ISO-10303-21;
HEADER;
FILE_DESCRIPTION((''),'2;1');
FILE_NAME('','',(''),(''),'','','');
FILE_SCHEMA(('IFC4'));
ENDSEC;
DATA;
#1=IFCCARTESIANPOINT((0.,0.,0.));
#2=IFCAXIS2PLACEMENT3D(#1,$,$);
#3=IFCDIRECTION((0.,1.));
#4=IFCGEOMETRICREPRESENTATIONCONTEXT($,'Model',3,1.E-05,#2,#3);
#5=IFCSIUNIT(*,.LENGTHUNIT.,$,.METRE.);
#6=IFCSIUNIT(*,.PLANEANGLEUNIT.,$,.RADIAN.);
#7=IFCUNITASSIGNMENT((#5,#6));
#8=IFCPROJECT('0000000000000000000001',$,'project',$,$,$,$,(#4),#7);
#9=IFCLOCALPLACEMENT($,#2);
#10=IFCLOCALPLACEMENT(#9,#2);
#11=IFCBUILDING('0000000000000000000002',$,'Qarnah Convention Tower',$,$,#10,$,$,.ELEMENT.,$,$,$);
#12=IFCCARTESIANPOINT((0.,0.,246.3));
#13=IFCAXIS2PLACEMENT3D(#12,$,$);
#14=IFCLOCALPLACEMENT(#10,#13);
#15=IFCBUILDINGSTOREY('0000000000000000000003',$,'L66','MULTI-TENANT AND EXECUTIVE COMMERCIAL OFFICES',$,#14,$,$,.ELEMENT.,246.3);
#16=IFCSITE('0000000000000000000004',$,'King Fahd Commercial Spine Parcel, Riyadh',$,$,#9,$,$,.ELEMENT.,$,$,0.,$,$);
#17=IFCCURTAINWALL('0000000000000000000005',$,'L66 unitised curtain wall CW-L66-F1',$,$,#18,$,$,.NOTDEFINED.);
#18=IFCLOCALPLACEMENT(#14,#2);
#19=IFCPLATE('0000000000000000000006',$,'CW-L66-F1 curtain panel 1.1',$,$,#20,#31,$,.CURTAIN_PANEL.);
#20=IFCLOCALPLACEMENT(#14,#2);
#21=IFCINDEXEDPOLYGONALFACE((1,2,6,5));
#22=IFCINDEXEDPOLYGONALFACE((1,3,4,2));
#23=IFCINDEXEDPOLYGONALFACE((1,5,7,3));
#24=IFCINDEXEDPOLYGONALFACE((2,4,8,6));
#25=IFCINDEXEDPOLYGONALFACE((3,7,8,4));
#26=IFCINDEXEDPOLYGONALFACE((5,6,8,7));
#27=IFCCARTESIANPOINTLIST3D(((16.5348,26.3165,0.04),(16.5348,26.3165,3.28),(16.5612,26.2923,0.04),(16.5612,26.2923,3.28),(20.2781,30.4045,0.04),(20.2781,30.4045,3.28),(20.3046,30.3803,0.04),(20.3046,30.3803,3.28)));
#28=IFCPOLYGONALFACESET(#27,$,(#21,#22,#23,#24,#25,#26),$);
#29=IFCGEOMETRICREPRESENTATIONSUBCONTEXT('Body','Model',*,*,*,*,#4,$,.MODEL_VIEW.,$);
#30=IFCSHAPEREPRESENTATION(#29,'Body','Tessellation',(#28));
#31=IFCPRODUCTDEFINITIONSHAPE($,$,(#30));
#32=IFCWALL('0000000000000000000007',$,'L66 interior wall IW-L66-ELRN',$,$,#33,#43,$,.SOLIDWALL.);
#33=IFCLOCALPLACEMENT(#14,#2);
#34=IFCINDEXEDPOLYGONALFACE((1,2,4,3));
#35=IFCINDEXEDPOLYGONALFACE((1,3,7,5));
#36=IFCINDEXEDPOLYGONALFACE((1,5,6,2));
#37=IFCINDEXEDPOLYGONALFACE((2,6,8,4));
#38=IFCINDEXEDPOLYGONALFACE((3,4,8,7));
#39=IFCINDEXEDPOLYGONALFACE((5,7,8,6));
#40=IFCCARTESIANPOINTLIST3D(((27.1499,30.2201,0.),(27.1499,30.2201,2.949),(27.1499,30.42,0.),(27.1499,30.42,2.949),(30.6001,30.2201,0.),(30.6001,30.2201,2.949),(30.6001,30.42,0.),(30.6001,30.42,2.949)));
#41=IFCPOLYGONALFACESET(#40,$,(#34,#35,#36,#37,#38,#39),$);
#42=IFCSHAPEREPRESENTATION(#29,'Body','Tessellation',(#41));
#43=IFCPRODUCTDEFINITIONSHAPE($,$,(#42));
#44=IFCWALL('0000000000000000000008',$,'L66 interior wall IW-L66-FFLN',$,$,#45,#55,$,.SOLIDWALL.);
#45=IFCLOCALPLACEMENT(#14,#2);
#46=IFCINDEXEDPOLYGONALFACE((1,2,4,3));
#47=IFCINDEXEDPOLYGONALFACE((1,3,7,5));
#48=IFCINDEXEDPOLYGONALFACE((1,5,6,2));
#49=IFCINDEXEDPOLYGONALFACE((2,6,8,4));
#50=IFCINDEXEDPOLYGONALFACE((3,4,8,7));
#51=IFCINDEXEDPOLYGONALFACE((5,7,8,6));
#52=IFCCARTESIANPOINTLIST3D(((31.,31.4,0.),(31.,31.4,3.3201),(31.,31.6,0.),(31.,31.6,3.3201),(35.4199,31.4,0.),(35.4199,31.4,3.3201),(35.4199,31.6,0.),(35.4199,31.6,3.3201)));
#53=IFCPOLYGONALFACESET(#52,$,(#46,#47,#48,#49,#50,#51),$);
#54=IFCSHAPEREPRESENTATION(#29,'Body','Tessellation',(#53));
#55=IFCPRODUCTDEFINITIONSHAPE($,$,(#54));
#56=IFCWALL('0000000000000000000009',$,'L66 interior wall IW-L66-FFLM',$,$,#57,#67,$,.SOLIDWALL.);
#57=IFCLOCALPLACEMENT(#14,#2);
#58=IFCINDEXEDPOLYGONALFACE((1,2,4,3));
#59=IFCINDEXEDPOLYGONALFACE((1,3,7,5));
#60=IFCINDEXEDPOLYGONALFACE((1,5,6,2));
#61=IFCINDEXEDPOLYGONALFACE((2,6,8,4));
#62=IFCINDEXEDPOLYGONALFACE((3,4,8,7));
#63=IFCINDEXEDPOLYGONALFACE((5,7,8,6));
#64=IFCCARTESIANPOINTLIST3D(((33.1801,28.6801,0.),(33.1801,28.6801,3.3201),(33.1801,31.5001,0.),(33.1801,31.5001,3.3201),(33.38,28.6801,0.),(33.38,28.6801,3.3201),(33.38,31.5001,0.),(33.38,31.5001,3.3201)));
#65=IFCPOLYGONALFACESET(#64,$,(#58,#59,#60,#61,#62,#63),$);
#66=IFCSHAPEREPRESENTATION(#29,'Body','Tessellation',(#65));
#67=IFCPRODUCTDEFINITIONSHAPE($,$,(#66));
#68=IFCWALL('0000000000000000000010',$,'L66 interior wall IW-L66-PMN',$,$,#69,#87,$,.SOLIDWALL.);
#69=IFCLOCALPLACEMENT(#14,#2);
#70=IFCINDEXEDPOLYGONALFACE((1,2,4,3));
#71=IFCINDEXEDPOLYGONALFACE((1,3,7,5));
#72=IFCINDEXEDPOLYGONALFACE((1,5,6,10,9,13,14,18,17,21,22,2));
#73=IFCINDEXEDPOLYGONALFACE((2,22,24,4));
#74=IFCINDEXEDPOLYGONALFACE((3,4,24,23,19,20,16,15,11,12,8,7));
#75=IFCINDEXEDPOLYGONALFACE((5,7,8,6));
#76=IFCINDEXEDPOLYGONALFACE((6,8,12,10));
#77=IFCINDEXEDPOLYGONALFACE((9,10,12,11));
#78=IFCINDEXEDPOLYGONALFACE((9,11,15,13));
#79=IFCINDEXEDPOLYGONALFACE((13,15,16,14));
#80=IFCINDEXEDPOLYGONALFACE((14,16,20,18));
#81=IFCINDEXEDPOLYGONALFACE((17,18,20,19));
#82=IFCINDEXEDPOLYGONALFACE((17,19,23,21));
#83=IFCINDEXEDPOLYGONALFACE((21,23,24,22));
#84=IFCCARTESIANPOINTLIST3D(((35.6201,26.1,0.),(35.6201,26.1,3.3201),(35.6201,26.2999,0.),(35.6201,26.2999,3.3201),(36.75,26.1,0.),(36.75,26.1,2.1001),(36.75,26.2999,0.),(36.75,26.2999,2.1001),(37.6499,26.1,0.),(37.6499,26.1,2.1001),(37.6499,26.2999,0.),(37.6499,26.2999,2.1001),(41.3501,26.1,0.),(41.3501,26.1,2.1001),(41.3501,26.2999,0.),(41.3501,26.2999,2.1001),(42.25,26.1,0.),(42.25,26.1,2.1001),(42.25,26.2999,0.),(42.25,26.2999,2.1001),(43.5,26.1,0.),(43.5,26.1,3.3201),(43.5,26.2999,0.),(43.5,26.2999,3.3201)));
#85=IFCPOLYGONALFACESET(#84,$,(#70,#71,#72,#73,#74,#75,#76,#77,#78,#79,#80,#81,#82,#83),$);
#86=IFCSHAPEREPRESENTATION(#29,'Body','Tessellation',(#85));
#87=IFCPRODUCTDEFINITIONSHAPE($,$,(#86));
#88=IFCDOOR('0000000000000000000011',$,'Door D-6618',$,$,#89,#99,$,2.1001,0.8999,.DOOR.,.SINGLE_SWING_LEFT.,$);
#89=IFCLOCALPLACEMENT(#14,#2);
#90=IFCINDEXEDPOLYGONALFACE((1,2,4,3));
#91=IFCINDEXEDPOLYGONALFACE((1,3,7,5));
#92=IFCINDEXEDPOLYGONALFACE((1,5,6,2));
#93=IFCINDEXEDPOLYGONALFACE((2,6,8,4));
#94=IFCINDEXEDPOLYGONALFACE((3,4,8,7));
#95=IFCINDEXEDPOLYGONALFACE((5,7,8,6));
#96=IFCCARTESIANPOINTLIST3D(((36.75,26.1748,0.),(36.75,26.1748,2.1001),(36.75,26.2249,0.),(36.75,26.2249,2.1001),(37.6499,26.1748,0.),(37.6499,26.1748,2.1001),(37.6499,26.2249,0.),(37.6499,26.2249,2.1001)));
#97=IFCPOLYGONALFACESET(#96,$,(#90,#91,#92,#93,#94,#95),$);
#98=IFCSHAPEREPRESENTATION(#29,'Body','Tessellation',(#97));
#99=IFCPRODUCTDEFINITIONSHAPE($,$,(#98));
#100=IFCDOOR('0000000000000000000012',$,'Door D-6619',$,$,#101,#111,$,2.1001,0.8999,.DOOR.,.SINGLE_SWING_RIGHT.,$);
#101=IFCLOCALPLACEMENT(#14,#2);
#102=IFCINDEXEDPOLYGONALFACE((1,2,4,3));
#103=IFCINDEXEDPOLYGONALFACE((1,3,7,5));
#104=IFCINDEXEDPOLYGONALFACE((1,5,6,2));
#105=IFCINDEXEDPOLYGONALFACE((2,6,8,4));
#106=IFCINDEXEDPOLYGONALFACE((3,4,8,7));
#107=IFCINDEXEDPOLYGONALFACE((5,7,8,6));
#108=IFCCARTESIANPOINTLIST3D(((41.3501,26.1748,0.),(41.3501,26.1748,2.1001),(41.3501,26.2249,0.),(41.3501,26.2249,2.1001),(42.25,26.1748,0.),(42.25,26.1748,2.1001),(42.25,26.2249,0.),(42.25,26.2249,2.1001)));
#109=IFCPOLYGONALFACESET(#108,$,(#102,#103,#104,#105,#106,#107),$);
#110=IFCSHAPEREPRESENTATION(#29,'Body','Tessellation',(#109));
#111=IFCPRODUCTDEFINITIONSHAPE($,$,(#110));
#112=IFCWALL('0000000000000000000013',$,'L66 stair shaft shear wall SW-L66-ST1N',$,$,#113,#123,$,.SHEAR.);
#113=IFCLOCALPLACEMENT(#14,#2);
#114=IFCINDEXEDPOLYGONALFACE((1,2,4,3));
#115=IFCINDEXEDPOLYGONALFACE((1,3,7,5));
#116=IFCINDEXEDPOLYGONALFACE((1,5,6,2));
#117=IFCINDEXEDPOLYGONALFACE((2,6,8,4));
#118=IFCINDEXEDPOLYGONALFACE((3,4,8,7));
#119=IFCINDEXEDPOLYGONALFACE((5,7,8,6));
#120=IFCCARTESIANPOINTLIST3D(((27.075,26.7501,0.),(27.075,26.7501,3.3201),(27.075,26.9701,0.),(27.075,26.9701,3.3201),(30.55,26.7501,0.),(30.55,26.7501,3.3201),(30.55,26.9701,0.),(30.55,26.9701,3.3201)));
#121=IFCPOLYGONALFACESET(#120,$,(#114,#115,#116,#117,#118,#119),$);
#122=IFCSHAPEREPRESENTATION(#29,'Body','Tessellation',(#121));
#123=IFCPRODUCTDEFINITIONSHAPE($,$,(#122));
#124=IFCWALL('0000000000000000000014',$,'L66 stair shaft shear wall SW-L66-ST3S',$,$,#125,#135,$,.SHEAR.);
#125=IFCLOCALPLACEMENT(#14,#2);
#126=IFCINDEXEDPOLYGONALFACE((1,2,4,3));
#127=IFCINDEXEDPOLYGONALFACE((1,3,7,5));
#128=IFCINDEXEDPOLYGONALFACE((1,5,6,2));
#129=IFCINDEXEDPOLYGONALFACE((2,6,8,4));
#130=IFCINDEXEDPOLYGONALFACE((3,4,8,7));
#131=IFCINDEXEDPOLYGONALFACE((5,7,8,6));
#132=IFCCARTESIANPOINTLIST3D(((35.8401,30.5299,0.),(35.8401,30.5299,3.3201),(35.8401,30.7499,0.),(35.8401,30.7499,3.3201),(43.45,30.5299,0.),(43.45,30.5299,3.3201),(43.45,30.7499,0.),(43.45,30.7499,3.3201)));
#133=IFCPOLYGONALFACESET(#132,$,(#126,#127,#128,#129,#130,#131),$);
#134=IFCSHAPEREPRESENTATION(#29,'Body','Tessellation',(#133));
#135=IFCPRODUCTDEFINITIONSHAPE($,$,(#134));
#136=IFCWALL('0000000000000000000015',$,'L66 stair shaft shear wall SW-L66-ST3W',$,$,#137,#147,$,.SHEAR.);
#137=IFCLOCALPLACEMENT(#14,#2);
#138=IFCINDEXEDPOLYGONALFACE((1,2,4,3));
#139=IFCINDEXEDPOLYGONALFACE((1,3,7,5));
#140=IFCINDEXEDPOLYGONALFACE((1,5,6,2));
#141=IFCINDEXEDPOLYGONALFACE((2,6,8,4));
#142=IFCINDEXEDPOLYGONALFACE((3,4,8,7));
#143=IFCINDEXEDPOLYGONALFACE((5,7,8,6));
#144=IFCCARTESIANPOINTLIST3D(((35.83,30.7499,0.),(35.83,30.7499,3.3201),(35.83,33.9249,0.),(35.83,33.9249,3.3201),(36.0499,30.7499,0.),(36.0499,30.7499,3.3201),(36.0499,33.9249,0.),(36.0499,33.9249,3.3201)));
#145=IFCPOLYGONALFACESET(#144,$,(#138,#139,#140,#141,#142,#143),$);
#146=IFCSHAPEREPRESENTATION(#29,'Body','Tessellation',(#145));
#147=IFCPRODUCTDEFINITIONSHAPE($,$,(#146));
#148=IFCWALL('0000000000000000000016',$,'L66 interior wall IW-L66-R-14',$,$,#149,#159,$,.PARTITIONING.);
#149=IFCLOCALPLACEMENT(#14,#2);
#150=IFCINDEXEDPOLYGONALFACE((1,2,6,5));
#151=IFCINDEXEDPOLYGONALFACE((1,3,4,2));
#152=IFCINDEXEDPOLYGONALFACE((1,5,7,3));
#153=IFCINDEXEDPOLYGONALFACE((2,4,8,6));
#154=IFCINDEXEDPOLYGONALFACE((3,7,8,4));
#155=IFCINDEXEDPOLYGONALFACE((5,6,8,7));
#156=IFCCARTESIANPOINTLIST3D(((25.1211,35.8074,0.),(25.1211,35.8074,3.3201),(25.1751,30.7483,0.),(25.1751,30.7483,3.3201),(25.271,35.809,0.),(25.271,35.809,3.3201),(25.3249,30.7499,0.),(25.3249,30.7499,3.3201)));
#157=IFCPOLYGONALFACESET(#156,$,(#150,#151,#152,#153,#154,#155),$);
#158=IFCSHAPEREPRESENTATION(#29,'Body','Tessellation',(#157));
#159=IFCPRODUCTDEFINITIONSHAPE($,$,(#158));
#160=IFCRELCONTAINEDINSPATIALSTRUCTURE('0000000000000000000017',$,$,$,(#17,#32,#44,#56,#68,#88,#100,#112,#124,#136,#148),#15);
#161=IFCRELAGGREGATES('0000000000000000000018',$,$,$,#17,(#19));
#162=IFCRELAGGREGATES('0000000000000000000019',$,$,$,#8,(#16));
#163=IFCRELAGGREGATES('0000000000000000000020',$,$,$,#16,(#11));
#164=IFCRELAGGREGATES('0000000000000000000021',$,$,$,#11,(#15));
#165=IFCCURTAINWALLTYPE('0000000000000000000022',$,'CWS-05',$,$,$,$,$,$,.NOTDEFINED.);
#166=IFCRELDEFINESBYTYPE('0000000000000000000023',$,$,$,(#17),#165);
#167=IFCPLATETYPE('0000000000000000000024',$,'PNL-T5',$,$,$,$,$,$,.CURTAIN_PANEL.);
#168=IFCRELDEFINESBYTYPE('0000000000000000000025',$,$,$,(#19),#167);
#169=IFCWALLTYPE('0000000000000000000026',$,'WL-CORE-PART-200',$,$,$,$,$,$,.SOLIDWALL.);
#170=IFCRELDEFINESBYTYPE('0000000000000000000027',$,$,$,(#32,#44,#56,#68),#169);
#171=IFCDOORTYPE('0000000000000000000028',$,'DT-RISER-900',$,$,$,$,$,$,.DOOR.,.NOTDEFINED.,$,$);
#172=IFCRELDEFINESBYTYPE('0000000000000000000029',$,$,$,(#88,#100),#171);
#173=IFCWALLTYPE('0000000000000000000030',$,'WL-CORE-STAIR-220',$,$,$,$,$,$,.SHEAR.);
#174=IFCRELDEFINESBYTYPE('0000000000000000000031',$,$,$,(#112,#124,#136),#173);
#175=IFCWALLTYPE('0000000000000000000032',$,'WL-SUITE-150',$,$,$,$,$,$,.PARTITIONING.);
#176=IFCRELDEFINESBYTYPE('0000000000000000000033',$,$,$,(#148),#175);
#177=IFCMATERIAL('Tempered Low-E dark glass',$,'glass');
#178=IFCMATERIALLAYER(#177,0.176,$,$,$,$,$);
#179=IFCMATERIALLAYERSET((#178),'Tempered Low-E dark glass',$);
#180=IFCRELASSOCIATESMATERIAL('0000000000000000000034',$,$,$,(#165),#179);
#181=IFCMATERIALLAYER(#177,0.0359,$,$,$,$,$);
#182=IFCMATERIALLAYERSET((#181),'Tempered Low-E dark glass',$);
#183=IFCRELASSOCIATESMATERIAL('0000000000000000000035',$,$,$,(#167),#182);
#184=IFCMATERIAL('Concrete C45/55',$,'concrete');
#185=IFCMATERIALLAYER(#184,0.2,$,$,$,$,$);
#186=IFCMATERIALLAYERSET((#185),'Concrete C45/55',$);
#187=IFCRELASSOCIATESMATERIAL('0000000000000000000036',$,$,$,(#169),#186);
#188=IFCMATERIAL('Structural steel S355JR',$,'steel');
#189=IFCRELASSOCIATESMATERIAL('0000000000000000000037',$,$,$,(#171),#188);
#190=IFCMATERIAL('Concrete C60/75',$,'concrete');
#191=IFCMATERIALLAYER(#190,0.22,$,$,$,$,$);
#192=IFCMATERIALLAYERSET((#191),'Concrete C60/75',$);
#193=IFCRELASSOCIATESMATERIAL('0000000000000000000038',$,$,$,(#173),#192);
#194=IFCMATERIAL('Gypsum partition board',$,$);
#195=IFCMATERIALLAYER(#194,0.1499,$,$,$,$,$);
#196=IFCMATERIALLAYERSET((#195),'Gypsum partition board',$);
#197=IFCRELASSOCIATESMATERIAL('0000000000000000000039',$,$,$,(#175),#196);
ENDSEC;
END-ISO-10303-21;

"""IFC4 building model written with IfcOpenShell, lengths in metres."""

from ifc_helpers import new_model, si_unit, direction, frame, frame_2d, origin, origin_2d, place, context, subcontext, project, spatial, rectangle, extrude, material, layer, layer_set, type_object, element, fill, aggregate, save


model = new_model("IFC4")

# Units and contexts
model_context = context("Model", 3, precision=1e-05, world=origin(), true_north=direction((0.0, 1.0)))
body_context = subcontext(model_context, "Body", "Model", "MODEL_VIEW")
ifc_project = project(units=[si_unit("LENGTHUNIT", "METRE"), si_unit("PLANEANGLEUNIT", "RADIAN")], contexts=[model_context])

# Site, building, storey
site_placement = place(None, origin())
site = spatial("IfcSite", under=ifc_project, at=site_placement, Name="King Fahd Commercial Spine Parcel, Riyadh", CompositionType="ELEMENT", RefElevation=0.0)
building_placement = place(site_placement, origin())
building = spatial("IfcBuilding", under=site, at=building_placement, Name="Qarnah Convention Tower", CompositionType="ELEMENT")
storey_placement = place(building_placement, frame((0.0, 0.0, 246.3)))
storey = spatial("IfcBuildingStorey", under=building, at=storey_placement, Name="L66", Description="MULTI-TENANT AND EXECUTIVE COMMERCIAL OFFICES", CompositionType="ELEMENT", Elevation=246.3)

# Shared definitions
ifc_material_1 = material(Name="Structural steel S355JR", Category="steel")

# Curtain wall, plate
ifc_material_2 = material(Name="Tempered Low-E dark glass", Category="glass")
ifc_layer_1 = layer(ifc_material_2, 0.176)
ifc_layer_set_1 = layer_set([ifc_layer_1], Name="Tempered Low-E dark glass")
curtain_wall_type = type_object("IfcCurtainWallType", Name="CWS-05", PredefinedType="NOTDEFINED", material=ifc_layer_set_1)
curtain_wall_placement = place(storey_placement, origin())
curtain_wall = element("IfcCurtainWall", 1, at=curtain_wall_placement, inside=storey, type_object=curtain_wall_type, Name="L66 unitised curtain wall CW-L66-F1", PredefinedType="NOTDEFINED")
ifc_layer_2 = layer(ifc_material_2, 0.0359)
ifc_layer_set_2 = layer_set([ifc_layer_2], Name="Tempered Low-E dark glass")
plate_type = type_object("IfcPlateType", Name="PNL-T5", PredefinedType="CURTAIN_PANEL", material=ifc_layer_set_2)
plate_placement = place(storey_placement, frame((18.4197, 28.3484, 0.04), z_axis=(0.0, 0.0, 1.0), x_axis=(0.675336, 0.73751, 0.0)))
plate = element("IfcPlate", 2, at=plate_placement, type_object=plate_type, Name="CW-L66-F1 curtain panel 1.1", PredefinedType="CURTAIN_PANEL", context=body_context, shape_type="SweptSolid", body=[
    extrude(rectangle(XDim=5.543, YDim=0.0359, at=origin_2d()), origin(), (0.0, 0.0, 1.0), 3.24),
])
aggregate(curtain_wall, [plate])

# Wall
ifc_material_3 = material(Name="Concrete C45/55", Category="concrete")
ifc_layer_3 = layer(ifc_material_3, 0.2)
ifc_layer_set_3 = layer_set([ifc_layer_3], Name="Concrete C45/55")
wall_type_1 = type_object("IfcWallType", Name="WL-CORE-PART-200", PredefinedType="SOLIDWALL", material=ifc_layer_set_3)
wall_1_placement = place(storey_placement, frame((27.1499, 30.3201, 0.0), z_axis=(0.0, 0.0, 1.0), x_axis=(1.0, 0.0, 0.0)))
element("IfcWall", 3, at=wall_1_placement, inside=storey, type_object=wall_type_1, Name="L66 interior wall IW-L66-ELRN", PredefinedType="SOLIDWALL", context=body_context, shape_type="SweptSolid", body=[
    extrude(rectangle(XDim=3.4502, YDim=0.2, at=frame_2d((1.7251, 0.0))), origin(), (0.0, 0.0, 1.0), 2.949),
])

# Walls
wall_2_placement = place(storey_placement, frame((31.0, 31.5, 0.0), z_axis=(0.0, 0.0, 1.0), x_axis=(1.0, 0.0, 0.0)))
element("IfcWall", 4, at=wall_2_placement, inside=storey, type_object=wall_type_1, Name="L66 interior wall IW-L66-FFLN", PredefinedType="SOLIDWALL", context=body_context, shape_type="SweptSolid", body=[
    extrude(rectangle(XDim=4.4199, YDim=0.2, at=frame_2d((2.21, 0.0))), origin(), (0.0, 0.0, 1.0), 3.3201),
])
wall_3_placement = place(storey_placement, frame((33.28, 28.6799, 0.0), z_axis=(0.0, 0.0, 1.0), x_axis=(0.0, 1.0, 0.0)))
element("IfcWall", 5, at=wall_3_placement, inside=storey, type_object=wall_type_1, Name="L66 interior wall IW-L66-FFLM", PredefinedType="SOLIDWALL", context=body_context, shape_type="SweptSolid", body=[
    extrude(rectangle(XDim=2.8201, YDim=0.2, at=frame_2d((1.4102, 0.0))), origin(), (0.0, 0.0, 1.0), 3.3201),
])

# Wall, openings, doors
wall_4_placement = place(storey_placement, frame((35.6201, 26.2, 0.0), z_axis=(0.0, 0.0, 1.0), x_axis=(1.0, 0.0, 0.0)))
wall_4 = element("IfcWall", 6, at=wall_4_placement, inside=storey, type_object=wall_type_1, Name="L66 interior wall IW-L66-PMN", PredefinedType="SOLIDWALL", context=body_context, shape_type="SweptSolid", body=[
    extrude(rectangle(XDim=7.8799, YDim=0.2, at=frame_2d((3.9399, 0.0))), origin(), (0.0, 0.0, 1.0), 3.3201),
])
opening_1_placement = place(wall_4_placement, frame((1.1299, 0.0, 0.0)))
opening_1 = element("IfcOpeningElement", 7, at=opening_1_placement, cuts=wall_4, PredefinedType="OPENING", context=body_context, shape_type="SweptSolid", body=[
    extrude(rectangle(XDim=0.8999, YDim=2.1001, at=frame_2d((0.45, 1.05))), frame((0.0, 0.1099, 0.0), z_axis=(0.0, -1.0, 0.0), x_axis=(1.0, 0.0, 0.0)), (0.0, 0.0, 1.0), 0.22),
])
opening_2_placement = place(wall_4_placement, frame((5.73, 0.0, 0.0)))
opening_2 = element("IfcOpeningElement", 8, at=opening_2_placement, cuts=wall_4, PredefinedType="OPENING", context=body_context, shape_type="SweptSolid", body=[
    extrude(rectangle(XDim=0.8999, YDim=2.1001, at=frame_2d((0.45, 1.05))), frame((0.0, 0.1099, 0.0), z_axis=(0.0, -1.0, 0.0), x_axis=(1.0, 0.0, 0.0)), (0.0, 0.0, 1.0), 0.22),
])
door_type_1 = type_object("IfcDoorType", Name="DT-RISER-900", OperationType="NOTDEFINED", PredefinedType="DOOR", material=ifc_material_1)
door_1_placement = place(opening_1_placement, origin())
door_1 = element("IfcDoor", 9, at=door_1_placement, inside=storey, type_object=door_type_1, Name="Door D-6618", OperationType="SINGLE_SWING_LEFT", OverallHeight=2.1001, OverallWidth=0.8999, PredefinedType="DOOR", context=body_context, shape_type="SweptSolid", body=[
    extrude(rectangle(XDim=0.8999, YDim=2.1001, at=frame_2d((0.45, 1.05))), frame((0.0, 0.0249, 0.0), z_axis=(0.0, -1.0, 0.0), x_axis=(1.0, 0.0, 0.0)), (0.0, 0.0, 1.0), 0.05),
])
fill(opening_1, door_1)
door_2_placement = place(opening_2_placement, origin())
door_2 = element("IfcDoor", 10, at=door_2_placement, inside=storey, type_object=door_type_1, Name="Door D-6619", OperationType="SINGLE_SWING_RIGHT", OverallHeight=2.1001, OverallWidth=0.8999, PredefinedType="DOOR", context=body_context, shape_type="SweptSolid", body=[
    extrude(rectangle(XDim=0.8999, YDim=2.1001, at=frame_2d((0.45, 1.05))), frame((0.0, 0.0249, 0.0), z_axis=(0.0, -1.0, 0.0), x_axis=(1.0, 0.0, 0.0)), (0.0, 0.0, 1.0), 0.05),
])
fill(opening_2, door_2)

# Walls
ifc_material_4 = material(Name="Concrete C60/75", Category="concrete")
ifc_layer_4 = layer(ifc_material_4, 0.22)
ifc_layer_set_4 = layer_set([ifc_layer_4], Name="Concrete C60/75")
wall_type_2 = type_object("IfcWallType", Name="WL-CORE-STAIR-220", PredefinedType="SHEAR", material=ifc_layer_set_4)
wall_5_placement = place(storey_placement, frame((27.075, 26.8601, 0.0), z_axis=(0.0, 0.0, 1.0), x_axis=(1.0, 0.0, 0.0)))
element("IfcWall", 11, at=wall_5_placement, inside=storey, type_object=wall_type_2, Name="L66 stair shaft shear wall SW-L66-ST1N", PredefinedType="SHEAR", context=body_context, shape_type="SweptSolid", body=[
    extrude(rectangle(XDim=3.4751, YDim=0.22, at=frame_2d((1.7375, 0.0))), origin(), (0.0, 0.0, 1.0), 3.3201),
])
wall_6_placement = place(storey_placement, frame((35.8401, 30.6399, 0.0), z_axis=(0.0, 0.0, 1.0), x_axis=(1.0, 0.0, 0.0)))
element("IfcWall", 12, at=wall_6_placement, inside=storey, type_object=wall_type_2, Name="L66 stair shaft shear wall SW-L66-ST3S", PredefinedType="SHEAR", context=body_context, shape_type="SweptSolid", body=[
    extrude(rectangle(XDim=7.6099, YDim=0.22, at=frame_2d((3.8049, 0.0))), origin(), (0.0, 0.0, 1.0), 3.3201),
])
wall_7_placement = place(storey_placement, frame((35.9399, 30.75, 0.0), z_axis=(0.0, 0.0, 1.0), x_axis=(0.0, 1.0, 0.0)))
element("IfcWall", 13, at=wall_7_placement, inside=storey, type_object=wall_type_2, Name="L66 stair shaft shear wall SW-L66-ST3W", PredefinedType="SHEAR", context=body_context, shape_type="SweptSolid", body=[
    extrude(rectangle(XDim=3.175, YDim=0.22, at=frame_2d((1.5874, 0.0))), origin(), (0.0, 0.0, 1.0), 3.3201),
])
ifc_material_5 = material(Name="Gypsum partition board")
ifc_layer_5 = layer(ifc_material_5, 0.1499)
ifc_layer_set_5 = layer_set([ifc_layer_5], Name="Gypsum partition board")
wall_type_3 = type_object("IfcWallType", Name="WL-SUITE-150", PredefinedType="PARTITIONING", material=ifc_layer_set_5)
wall_8_placement = place(storey_placement, frame((25.25, 30.749, 0.0), z_axis=(0.0, 0.0, 1.0), x_axis=(-0.010664, 0.999943, 0.0)))
element("IfcWall", 14, at=wall_8_placement, inside=storey, type_object=wall_type_3, Name="L66 interior wall IW-L66-R-14", PredefinedType="PARTITIONING", context=body_context, shape_type="SweptSolid", body=[
    extrude(rectangle(XDim=5.0593, YDim=0.1499, at=frame_2d((2.5298, 0.0))), origin(), (0.0, 0.0, 1.0), 3.3201),
])

save(model, "model.ifc")
